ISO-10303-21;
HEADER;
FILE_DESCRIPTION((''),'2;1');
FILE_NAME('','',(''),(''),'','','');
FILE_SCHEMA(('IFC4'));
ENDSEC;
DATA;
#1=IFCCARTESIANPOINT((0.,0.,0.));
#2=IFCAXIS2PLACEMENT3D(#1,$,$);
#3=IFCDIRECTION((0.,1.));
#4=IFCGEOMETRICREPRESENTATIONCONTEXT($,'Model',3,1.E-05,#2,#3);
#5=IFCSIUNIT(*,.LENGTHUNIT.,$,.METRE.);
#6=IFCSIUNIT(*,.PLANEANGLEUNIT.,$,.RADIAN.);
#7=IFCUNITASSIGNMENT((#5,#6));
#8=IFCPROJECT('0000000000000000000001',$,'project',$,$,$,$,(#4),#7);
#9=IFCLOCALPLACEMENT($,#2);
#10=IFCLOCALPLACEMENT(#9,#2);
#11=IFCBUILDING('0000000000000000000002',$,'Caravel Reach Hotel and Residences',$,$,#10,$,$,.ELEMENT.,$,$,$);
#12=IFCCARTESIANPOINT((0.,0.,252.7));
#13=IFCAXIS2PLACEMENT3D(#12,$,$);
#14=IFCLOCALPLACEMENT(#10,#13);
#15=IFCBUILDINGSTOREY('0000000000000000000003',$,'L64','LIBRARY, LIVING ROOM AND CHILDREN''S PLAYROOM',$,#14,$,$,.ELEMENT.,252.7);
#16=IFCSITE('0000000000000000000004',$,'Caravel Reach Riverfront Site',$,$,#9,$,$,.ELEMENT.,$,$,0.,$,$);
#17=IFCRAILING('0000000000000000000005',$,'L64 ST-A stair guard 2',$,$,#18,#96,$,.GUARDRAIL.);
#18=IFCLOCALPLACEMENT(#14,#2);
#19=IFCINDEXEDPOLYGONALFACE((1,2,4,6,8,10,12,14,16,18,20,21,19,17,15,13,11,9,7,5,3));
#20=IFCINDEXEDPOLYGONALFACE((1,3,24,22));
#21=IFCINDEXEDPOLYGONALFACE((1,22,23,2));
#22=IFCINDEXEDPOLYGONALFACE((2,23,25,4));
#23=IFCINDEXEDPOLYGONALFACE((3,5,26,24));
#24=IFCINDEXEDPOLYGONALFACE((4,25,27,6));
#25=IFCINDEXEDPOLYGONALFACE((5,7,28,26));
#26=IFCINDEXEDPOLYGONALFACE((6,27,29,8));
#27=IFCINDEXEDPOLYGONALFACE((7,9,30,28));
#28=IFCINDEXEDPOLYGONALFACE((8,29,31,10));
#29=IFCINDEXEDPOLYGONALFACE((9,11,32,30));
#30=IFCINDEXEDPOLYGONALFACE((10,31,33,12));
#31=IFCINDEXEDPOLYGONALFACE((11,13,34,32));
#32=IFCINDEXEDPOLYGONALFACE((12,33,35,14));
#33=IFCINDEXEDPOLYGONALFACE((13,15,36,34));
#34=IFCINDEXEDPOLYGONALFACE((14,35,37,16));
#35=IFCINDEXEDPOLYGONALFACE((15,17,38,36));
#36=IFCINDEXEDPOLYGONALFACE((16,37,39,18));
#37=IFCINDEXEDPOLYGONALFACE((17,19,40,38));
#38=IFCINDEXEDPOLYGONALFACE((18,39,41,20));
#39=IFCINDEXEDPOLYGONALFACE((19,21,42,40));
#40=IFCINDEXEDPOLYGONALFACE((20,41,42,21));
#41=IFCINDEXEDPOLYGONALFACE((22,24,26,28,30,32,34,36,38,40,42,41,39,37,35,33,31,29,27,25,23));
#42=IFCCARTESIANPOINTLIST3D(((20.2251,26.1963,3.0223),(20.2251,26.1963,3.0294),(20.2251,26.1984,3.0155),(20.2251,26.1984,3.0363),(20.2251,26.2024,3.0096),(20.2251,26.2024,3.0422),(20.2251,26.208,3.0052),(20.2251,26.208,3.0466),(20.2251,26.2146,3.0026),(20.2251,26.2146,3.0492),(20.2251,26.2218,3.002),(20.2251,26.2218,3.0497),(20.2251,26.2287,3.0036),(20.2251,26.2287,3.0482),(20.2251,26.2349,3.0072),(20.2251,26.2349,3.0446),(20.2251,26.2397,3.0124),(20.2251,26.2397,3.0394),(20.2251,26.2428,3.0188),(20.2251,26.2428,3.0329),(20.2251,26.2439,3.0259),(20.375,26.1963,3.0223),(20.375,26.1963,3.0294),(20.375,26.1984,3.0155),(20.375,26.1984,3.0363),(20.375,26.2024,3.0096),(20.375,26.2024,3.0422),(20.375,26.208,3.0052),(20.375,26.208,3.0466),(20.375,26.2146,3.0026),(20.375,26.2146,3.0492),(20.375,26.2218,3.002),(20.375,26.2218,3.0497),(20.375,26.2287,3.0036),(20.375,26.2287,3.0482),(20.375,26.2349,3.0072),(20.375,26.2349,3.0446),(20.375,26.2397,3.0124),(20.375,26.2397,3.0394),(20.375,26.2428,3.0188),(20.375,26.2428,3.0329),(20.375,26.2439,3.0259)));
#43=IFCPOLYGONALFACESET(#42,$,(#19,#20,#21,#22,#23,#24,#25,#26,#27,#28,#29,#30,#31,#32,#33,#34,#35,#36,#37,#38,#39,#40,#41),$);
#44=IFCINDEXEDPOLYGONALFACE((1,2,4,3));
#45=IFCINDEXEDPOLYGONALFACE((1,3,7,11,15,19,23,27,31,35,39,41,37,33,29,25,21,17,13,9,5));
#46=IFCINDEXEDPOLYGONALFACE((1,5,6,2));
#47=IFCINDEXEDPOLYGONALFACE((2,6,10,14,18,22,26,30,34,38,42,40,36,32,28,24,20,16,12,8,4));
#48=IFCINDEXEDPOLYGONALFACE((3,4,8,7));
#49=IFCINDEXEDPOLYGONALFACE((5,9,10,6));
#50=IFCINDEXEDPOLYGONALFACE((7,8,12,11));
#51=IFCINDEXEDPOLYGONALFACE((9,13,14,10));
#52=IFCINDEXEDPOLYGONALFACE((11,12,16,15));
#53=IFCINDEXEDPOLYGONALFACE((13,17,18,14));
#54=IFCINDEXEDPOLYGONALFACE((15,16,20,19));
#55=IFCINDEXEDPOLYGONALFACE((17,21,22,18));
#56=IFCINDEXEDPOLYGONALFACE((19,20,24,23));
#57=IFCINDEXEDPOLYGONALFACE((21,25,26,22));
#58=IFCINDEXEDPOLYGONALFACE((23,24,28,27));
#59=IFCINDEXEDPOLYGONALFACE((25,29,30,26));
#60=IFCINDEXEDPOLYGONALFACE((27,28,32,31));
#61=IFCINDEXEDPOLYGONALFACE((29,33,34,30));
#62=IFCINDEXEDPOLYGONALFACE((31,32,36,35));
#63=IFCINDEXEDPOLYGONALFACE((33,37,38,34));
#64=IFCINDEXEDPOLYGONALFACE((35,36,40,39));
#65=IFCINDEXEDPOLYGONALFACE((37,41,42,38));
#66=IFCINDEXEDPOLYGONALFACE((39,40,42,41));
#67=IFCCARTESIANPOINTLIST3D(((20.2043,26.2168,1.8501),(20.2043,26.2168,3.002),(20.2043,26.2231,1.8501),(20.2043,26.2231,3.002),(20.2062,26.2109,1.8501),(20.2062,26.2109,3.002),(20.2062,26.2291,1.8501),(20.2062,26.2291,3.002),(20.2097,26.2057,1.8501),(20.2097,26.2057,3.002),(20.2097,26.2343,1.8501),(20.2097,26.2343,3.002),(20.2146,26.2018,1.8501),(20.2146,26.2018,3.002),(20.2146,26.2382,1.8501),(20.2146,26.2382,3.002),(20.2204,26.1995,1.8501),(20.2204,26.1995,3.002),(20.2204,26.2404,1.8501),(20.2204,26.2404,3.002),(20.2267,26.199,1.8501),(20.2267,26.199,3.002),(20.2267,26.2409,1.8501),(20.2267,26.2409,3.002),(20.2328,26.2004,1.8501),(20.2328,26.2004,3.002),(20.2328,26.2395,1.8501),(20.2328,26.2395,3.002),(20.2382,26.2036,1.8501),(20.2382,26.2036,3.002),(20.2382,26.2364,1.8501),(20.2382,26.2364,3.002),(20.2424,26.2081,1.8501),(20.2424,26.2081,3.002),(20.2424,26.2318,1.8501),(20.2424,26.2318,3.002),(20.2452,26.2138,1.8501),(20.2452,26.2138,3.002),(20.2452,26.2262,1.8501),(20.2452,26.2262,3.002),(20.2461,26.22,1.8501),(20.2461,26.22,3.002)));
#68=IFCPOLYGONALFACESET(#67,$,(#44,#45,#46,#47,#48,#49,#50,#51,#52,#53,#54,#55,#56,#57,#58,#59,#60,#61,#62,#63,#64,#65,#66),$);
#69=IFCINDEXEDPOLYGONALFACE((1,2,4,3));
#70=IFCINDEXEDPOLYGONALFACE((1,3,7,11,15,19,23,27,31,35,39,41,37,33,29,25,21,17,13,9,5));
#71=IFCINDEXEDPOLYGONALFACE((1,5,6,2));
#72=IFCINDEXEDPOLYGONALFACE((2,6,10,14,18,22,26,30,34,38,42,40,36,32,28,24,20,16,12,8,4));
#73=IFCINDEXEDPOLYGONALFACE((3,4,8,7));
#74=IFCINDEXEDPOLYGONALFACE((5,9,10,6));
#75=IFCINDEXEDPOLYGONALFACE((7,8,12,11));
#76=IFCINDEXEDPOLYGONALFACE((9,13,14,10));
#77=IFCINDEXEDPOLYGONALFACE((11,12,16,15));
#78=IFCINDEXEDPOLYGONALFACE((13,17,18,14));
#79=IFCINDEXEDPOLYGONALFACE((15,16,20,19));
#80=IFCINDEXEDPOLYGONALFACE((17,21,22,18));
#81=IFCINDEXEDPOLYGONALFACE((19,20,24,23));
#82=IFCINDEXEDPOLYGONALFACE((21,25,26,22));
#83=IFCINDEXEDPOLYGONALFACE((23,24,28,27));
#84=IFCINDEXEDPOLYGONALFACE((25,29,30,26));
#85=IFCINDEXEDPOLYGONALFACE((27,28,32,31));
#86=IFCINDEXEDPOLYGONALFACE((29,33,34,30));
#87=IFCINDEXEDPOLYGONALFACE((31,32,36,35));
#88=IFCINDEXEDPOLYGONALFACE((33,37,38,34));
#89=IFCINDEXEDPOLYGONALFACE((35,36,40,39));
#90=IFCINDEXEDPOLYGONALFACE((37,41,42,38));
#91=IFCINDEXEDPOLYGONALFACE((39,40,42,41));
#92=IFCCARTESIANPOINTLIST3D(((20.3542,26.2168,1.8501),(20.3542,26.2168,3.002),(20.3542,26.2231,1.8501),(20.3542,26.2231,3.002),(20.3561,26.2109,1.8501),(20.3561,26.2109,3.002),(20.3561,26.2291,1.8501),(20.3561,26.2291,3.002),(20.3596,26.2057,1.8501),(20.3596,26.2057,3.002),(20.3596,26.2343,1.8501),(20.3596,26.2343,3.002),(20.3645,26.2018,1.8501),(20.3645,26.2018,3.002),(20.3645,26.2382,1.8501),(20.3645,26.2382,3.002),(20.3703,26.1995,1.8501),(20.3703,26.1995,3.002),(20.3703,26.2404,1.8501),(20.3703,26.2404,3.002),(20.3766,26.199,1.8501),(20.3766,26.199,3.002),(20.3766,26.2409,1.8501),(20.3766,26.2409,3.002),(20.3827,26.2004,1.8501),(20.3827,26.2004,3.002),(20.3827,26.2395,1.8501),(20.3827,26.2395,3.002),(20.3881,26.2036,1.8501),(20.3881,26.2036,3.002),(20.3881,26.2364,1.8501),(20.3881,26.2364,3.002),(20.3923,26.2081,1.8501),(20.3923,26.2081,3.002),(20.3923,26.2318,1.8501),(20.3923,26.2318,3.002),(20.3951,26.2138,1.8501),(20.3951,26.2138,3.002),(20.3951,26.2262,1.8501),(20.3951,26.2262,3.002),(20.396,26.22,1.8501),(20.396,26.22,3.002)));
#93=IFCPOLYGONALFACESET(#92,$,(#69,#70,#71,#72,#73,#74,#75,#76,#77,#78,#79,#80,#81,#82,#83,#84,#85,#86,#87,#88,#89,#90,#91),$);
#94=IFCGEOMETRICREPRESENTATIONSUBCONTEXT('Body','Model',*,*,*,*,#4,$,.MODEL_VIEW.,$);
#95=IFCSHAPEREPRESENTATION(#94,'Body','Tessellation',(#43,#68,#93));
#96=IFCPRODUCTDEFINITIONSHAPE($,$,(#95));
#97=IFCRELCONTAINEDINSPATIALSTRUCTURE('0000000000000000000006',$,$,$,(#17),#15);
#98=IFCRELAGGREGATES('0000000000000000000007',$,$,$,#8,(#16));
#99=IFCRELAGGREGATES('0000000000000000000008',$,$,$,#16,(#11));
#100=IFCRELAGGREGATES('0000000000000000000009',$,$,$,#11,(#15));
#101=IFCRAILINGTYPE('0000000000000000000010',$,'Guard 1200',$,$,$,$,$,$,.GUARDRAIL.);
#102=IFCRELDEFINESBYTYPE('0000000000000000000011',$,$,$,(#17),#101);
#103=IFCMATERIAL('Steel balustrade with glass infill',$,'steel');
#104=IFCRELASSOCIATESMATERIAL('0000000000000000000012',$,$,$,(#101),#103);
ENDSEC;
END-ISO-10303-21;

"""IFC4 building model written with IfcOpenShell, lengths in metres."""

from ifc_helpers import new_model, si_unit, direction, frame, origin, origin_2d, place, context, subcontext, project, spatial, circle, extrude, material, type_object, element, save


model = new_model("IFC4")

# Units and contexts
model_context = context("Model", 3, precision=1e-05, world=origin(), true_north=direction((0.0, 1.0)))
body_context = subcontext(model_context, "Body", "Model", "MODEL_VIEW")
ifc_project = project(units=[si_unit("LENGTHUNIT", "METRE"), si_unit("PLANEANGLEUNIT", "RADIAN")], contexts=[model_context])

# Site, building, storey
site_placement = place(None, origin())
site = spatial("IfcSite", under=ifc_project, at=site_placement, Name="Caravel Reach Riverfront Site", CompositionType="ELEMENT", RefElevation=0.0)
building_placement = place(site_placement, origin())
building = spatial("IfcBuilding", under=site, at=building_placement, Name="Caravel Reach Hotel and Residences", CompositionType="ELEMENT")
storey_placement = place(building_placement, frame((0.0, 0.0, 252.7)))
storey = spatial("IfcBuildingStorey", under=building, at=storey_placement, Name="L64", Description="LIBRARY, LIVING ROOM AND CHILDREN'S PLAYROOM", CompositionType="ELEMENT", Elevation=252.7)

# Railing
ifc_material_1 = material(Name="Steel balustrade with glass infill", Category="steel")
railing_type_1 = type_object("IfcRailingType", Name="Guard 1200", PredefinedType="GUARDRAIL", material=ifc_material_1)
railing_1_placement = place(storey_placement, frame((20.2251, 26.22, 1.8501)))
element("IfcRailing", 1, at=railing_1_placement, inside=storey, type_object=railing_type_1, Name="L64 ST-A stair guard 2", PredefinedType="GUARDRAIL", context=body_context, shape_type="SweptSolid", body=[
    extrude(circle(Radius=0.0239, at=origin_2d()), frame((0.0, 0.0, 1.1758), z_axis=(1.0, 0.0, 0.0), x_axis=(0.0, 1.0, 0.0)), (0.0, 0.0, 1.0), 0.1499),
    extrude(circle(Radius=0.021, at=origin_2d()), origin(), (0.0, 0.0, 1.0), 1.1519),
    extrude(circle(Radius=0.021, at=origin_2d()), frame((0.1499, 0.0, 0.0)), (0.0, 0.0, 1.0), 1.1519),
])

save(model, "model.ifc")
